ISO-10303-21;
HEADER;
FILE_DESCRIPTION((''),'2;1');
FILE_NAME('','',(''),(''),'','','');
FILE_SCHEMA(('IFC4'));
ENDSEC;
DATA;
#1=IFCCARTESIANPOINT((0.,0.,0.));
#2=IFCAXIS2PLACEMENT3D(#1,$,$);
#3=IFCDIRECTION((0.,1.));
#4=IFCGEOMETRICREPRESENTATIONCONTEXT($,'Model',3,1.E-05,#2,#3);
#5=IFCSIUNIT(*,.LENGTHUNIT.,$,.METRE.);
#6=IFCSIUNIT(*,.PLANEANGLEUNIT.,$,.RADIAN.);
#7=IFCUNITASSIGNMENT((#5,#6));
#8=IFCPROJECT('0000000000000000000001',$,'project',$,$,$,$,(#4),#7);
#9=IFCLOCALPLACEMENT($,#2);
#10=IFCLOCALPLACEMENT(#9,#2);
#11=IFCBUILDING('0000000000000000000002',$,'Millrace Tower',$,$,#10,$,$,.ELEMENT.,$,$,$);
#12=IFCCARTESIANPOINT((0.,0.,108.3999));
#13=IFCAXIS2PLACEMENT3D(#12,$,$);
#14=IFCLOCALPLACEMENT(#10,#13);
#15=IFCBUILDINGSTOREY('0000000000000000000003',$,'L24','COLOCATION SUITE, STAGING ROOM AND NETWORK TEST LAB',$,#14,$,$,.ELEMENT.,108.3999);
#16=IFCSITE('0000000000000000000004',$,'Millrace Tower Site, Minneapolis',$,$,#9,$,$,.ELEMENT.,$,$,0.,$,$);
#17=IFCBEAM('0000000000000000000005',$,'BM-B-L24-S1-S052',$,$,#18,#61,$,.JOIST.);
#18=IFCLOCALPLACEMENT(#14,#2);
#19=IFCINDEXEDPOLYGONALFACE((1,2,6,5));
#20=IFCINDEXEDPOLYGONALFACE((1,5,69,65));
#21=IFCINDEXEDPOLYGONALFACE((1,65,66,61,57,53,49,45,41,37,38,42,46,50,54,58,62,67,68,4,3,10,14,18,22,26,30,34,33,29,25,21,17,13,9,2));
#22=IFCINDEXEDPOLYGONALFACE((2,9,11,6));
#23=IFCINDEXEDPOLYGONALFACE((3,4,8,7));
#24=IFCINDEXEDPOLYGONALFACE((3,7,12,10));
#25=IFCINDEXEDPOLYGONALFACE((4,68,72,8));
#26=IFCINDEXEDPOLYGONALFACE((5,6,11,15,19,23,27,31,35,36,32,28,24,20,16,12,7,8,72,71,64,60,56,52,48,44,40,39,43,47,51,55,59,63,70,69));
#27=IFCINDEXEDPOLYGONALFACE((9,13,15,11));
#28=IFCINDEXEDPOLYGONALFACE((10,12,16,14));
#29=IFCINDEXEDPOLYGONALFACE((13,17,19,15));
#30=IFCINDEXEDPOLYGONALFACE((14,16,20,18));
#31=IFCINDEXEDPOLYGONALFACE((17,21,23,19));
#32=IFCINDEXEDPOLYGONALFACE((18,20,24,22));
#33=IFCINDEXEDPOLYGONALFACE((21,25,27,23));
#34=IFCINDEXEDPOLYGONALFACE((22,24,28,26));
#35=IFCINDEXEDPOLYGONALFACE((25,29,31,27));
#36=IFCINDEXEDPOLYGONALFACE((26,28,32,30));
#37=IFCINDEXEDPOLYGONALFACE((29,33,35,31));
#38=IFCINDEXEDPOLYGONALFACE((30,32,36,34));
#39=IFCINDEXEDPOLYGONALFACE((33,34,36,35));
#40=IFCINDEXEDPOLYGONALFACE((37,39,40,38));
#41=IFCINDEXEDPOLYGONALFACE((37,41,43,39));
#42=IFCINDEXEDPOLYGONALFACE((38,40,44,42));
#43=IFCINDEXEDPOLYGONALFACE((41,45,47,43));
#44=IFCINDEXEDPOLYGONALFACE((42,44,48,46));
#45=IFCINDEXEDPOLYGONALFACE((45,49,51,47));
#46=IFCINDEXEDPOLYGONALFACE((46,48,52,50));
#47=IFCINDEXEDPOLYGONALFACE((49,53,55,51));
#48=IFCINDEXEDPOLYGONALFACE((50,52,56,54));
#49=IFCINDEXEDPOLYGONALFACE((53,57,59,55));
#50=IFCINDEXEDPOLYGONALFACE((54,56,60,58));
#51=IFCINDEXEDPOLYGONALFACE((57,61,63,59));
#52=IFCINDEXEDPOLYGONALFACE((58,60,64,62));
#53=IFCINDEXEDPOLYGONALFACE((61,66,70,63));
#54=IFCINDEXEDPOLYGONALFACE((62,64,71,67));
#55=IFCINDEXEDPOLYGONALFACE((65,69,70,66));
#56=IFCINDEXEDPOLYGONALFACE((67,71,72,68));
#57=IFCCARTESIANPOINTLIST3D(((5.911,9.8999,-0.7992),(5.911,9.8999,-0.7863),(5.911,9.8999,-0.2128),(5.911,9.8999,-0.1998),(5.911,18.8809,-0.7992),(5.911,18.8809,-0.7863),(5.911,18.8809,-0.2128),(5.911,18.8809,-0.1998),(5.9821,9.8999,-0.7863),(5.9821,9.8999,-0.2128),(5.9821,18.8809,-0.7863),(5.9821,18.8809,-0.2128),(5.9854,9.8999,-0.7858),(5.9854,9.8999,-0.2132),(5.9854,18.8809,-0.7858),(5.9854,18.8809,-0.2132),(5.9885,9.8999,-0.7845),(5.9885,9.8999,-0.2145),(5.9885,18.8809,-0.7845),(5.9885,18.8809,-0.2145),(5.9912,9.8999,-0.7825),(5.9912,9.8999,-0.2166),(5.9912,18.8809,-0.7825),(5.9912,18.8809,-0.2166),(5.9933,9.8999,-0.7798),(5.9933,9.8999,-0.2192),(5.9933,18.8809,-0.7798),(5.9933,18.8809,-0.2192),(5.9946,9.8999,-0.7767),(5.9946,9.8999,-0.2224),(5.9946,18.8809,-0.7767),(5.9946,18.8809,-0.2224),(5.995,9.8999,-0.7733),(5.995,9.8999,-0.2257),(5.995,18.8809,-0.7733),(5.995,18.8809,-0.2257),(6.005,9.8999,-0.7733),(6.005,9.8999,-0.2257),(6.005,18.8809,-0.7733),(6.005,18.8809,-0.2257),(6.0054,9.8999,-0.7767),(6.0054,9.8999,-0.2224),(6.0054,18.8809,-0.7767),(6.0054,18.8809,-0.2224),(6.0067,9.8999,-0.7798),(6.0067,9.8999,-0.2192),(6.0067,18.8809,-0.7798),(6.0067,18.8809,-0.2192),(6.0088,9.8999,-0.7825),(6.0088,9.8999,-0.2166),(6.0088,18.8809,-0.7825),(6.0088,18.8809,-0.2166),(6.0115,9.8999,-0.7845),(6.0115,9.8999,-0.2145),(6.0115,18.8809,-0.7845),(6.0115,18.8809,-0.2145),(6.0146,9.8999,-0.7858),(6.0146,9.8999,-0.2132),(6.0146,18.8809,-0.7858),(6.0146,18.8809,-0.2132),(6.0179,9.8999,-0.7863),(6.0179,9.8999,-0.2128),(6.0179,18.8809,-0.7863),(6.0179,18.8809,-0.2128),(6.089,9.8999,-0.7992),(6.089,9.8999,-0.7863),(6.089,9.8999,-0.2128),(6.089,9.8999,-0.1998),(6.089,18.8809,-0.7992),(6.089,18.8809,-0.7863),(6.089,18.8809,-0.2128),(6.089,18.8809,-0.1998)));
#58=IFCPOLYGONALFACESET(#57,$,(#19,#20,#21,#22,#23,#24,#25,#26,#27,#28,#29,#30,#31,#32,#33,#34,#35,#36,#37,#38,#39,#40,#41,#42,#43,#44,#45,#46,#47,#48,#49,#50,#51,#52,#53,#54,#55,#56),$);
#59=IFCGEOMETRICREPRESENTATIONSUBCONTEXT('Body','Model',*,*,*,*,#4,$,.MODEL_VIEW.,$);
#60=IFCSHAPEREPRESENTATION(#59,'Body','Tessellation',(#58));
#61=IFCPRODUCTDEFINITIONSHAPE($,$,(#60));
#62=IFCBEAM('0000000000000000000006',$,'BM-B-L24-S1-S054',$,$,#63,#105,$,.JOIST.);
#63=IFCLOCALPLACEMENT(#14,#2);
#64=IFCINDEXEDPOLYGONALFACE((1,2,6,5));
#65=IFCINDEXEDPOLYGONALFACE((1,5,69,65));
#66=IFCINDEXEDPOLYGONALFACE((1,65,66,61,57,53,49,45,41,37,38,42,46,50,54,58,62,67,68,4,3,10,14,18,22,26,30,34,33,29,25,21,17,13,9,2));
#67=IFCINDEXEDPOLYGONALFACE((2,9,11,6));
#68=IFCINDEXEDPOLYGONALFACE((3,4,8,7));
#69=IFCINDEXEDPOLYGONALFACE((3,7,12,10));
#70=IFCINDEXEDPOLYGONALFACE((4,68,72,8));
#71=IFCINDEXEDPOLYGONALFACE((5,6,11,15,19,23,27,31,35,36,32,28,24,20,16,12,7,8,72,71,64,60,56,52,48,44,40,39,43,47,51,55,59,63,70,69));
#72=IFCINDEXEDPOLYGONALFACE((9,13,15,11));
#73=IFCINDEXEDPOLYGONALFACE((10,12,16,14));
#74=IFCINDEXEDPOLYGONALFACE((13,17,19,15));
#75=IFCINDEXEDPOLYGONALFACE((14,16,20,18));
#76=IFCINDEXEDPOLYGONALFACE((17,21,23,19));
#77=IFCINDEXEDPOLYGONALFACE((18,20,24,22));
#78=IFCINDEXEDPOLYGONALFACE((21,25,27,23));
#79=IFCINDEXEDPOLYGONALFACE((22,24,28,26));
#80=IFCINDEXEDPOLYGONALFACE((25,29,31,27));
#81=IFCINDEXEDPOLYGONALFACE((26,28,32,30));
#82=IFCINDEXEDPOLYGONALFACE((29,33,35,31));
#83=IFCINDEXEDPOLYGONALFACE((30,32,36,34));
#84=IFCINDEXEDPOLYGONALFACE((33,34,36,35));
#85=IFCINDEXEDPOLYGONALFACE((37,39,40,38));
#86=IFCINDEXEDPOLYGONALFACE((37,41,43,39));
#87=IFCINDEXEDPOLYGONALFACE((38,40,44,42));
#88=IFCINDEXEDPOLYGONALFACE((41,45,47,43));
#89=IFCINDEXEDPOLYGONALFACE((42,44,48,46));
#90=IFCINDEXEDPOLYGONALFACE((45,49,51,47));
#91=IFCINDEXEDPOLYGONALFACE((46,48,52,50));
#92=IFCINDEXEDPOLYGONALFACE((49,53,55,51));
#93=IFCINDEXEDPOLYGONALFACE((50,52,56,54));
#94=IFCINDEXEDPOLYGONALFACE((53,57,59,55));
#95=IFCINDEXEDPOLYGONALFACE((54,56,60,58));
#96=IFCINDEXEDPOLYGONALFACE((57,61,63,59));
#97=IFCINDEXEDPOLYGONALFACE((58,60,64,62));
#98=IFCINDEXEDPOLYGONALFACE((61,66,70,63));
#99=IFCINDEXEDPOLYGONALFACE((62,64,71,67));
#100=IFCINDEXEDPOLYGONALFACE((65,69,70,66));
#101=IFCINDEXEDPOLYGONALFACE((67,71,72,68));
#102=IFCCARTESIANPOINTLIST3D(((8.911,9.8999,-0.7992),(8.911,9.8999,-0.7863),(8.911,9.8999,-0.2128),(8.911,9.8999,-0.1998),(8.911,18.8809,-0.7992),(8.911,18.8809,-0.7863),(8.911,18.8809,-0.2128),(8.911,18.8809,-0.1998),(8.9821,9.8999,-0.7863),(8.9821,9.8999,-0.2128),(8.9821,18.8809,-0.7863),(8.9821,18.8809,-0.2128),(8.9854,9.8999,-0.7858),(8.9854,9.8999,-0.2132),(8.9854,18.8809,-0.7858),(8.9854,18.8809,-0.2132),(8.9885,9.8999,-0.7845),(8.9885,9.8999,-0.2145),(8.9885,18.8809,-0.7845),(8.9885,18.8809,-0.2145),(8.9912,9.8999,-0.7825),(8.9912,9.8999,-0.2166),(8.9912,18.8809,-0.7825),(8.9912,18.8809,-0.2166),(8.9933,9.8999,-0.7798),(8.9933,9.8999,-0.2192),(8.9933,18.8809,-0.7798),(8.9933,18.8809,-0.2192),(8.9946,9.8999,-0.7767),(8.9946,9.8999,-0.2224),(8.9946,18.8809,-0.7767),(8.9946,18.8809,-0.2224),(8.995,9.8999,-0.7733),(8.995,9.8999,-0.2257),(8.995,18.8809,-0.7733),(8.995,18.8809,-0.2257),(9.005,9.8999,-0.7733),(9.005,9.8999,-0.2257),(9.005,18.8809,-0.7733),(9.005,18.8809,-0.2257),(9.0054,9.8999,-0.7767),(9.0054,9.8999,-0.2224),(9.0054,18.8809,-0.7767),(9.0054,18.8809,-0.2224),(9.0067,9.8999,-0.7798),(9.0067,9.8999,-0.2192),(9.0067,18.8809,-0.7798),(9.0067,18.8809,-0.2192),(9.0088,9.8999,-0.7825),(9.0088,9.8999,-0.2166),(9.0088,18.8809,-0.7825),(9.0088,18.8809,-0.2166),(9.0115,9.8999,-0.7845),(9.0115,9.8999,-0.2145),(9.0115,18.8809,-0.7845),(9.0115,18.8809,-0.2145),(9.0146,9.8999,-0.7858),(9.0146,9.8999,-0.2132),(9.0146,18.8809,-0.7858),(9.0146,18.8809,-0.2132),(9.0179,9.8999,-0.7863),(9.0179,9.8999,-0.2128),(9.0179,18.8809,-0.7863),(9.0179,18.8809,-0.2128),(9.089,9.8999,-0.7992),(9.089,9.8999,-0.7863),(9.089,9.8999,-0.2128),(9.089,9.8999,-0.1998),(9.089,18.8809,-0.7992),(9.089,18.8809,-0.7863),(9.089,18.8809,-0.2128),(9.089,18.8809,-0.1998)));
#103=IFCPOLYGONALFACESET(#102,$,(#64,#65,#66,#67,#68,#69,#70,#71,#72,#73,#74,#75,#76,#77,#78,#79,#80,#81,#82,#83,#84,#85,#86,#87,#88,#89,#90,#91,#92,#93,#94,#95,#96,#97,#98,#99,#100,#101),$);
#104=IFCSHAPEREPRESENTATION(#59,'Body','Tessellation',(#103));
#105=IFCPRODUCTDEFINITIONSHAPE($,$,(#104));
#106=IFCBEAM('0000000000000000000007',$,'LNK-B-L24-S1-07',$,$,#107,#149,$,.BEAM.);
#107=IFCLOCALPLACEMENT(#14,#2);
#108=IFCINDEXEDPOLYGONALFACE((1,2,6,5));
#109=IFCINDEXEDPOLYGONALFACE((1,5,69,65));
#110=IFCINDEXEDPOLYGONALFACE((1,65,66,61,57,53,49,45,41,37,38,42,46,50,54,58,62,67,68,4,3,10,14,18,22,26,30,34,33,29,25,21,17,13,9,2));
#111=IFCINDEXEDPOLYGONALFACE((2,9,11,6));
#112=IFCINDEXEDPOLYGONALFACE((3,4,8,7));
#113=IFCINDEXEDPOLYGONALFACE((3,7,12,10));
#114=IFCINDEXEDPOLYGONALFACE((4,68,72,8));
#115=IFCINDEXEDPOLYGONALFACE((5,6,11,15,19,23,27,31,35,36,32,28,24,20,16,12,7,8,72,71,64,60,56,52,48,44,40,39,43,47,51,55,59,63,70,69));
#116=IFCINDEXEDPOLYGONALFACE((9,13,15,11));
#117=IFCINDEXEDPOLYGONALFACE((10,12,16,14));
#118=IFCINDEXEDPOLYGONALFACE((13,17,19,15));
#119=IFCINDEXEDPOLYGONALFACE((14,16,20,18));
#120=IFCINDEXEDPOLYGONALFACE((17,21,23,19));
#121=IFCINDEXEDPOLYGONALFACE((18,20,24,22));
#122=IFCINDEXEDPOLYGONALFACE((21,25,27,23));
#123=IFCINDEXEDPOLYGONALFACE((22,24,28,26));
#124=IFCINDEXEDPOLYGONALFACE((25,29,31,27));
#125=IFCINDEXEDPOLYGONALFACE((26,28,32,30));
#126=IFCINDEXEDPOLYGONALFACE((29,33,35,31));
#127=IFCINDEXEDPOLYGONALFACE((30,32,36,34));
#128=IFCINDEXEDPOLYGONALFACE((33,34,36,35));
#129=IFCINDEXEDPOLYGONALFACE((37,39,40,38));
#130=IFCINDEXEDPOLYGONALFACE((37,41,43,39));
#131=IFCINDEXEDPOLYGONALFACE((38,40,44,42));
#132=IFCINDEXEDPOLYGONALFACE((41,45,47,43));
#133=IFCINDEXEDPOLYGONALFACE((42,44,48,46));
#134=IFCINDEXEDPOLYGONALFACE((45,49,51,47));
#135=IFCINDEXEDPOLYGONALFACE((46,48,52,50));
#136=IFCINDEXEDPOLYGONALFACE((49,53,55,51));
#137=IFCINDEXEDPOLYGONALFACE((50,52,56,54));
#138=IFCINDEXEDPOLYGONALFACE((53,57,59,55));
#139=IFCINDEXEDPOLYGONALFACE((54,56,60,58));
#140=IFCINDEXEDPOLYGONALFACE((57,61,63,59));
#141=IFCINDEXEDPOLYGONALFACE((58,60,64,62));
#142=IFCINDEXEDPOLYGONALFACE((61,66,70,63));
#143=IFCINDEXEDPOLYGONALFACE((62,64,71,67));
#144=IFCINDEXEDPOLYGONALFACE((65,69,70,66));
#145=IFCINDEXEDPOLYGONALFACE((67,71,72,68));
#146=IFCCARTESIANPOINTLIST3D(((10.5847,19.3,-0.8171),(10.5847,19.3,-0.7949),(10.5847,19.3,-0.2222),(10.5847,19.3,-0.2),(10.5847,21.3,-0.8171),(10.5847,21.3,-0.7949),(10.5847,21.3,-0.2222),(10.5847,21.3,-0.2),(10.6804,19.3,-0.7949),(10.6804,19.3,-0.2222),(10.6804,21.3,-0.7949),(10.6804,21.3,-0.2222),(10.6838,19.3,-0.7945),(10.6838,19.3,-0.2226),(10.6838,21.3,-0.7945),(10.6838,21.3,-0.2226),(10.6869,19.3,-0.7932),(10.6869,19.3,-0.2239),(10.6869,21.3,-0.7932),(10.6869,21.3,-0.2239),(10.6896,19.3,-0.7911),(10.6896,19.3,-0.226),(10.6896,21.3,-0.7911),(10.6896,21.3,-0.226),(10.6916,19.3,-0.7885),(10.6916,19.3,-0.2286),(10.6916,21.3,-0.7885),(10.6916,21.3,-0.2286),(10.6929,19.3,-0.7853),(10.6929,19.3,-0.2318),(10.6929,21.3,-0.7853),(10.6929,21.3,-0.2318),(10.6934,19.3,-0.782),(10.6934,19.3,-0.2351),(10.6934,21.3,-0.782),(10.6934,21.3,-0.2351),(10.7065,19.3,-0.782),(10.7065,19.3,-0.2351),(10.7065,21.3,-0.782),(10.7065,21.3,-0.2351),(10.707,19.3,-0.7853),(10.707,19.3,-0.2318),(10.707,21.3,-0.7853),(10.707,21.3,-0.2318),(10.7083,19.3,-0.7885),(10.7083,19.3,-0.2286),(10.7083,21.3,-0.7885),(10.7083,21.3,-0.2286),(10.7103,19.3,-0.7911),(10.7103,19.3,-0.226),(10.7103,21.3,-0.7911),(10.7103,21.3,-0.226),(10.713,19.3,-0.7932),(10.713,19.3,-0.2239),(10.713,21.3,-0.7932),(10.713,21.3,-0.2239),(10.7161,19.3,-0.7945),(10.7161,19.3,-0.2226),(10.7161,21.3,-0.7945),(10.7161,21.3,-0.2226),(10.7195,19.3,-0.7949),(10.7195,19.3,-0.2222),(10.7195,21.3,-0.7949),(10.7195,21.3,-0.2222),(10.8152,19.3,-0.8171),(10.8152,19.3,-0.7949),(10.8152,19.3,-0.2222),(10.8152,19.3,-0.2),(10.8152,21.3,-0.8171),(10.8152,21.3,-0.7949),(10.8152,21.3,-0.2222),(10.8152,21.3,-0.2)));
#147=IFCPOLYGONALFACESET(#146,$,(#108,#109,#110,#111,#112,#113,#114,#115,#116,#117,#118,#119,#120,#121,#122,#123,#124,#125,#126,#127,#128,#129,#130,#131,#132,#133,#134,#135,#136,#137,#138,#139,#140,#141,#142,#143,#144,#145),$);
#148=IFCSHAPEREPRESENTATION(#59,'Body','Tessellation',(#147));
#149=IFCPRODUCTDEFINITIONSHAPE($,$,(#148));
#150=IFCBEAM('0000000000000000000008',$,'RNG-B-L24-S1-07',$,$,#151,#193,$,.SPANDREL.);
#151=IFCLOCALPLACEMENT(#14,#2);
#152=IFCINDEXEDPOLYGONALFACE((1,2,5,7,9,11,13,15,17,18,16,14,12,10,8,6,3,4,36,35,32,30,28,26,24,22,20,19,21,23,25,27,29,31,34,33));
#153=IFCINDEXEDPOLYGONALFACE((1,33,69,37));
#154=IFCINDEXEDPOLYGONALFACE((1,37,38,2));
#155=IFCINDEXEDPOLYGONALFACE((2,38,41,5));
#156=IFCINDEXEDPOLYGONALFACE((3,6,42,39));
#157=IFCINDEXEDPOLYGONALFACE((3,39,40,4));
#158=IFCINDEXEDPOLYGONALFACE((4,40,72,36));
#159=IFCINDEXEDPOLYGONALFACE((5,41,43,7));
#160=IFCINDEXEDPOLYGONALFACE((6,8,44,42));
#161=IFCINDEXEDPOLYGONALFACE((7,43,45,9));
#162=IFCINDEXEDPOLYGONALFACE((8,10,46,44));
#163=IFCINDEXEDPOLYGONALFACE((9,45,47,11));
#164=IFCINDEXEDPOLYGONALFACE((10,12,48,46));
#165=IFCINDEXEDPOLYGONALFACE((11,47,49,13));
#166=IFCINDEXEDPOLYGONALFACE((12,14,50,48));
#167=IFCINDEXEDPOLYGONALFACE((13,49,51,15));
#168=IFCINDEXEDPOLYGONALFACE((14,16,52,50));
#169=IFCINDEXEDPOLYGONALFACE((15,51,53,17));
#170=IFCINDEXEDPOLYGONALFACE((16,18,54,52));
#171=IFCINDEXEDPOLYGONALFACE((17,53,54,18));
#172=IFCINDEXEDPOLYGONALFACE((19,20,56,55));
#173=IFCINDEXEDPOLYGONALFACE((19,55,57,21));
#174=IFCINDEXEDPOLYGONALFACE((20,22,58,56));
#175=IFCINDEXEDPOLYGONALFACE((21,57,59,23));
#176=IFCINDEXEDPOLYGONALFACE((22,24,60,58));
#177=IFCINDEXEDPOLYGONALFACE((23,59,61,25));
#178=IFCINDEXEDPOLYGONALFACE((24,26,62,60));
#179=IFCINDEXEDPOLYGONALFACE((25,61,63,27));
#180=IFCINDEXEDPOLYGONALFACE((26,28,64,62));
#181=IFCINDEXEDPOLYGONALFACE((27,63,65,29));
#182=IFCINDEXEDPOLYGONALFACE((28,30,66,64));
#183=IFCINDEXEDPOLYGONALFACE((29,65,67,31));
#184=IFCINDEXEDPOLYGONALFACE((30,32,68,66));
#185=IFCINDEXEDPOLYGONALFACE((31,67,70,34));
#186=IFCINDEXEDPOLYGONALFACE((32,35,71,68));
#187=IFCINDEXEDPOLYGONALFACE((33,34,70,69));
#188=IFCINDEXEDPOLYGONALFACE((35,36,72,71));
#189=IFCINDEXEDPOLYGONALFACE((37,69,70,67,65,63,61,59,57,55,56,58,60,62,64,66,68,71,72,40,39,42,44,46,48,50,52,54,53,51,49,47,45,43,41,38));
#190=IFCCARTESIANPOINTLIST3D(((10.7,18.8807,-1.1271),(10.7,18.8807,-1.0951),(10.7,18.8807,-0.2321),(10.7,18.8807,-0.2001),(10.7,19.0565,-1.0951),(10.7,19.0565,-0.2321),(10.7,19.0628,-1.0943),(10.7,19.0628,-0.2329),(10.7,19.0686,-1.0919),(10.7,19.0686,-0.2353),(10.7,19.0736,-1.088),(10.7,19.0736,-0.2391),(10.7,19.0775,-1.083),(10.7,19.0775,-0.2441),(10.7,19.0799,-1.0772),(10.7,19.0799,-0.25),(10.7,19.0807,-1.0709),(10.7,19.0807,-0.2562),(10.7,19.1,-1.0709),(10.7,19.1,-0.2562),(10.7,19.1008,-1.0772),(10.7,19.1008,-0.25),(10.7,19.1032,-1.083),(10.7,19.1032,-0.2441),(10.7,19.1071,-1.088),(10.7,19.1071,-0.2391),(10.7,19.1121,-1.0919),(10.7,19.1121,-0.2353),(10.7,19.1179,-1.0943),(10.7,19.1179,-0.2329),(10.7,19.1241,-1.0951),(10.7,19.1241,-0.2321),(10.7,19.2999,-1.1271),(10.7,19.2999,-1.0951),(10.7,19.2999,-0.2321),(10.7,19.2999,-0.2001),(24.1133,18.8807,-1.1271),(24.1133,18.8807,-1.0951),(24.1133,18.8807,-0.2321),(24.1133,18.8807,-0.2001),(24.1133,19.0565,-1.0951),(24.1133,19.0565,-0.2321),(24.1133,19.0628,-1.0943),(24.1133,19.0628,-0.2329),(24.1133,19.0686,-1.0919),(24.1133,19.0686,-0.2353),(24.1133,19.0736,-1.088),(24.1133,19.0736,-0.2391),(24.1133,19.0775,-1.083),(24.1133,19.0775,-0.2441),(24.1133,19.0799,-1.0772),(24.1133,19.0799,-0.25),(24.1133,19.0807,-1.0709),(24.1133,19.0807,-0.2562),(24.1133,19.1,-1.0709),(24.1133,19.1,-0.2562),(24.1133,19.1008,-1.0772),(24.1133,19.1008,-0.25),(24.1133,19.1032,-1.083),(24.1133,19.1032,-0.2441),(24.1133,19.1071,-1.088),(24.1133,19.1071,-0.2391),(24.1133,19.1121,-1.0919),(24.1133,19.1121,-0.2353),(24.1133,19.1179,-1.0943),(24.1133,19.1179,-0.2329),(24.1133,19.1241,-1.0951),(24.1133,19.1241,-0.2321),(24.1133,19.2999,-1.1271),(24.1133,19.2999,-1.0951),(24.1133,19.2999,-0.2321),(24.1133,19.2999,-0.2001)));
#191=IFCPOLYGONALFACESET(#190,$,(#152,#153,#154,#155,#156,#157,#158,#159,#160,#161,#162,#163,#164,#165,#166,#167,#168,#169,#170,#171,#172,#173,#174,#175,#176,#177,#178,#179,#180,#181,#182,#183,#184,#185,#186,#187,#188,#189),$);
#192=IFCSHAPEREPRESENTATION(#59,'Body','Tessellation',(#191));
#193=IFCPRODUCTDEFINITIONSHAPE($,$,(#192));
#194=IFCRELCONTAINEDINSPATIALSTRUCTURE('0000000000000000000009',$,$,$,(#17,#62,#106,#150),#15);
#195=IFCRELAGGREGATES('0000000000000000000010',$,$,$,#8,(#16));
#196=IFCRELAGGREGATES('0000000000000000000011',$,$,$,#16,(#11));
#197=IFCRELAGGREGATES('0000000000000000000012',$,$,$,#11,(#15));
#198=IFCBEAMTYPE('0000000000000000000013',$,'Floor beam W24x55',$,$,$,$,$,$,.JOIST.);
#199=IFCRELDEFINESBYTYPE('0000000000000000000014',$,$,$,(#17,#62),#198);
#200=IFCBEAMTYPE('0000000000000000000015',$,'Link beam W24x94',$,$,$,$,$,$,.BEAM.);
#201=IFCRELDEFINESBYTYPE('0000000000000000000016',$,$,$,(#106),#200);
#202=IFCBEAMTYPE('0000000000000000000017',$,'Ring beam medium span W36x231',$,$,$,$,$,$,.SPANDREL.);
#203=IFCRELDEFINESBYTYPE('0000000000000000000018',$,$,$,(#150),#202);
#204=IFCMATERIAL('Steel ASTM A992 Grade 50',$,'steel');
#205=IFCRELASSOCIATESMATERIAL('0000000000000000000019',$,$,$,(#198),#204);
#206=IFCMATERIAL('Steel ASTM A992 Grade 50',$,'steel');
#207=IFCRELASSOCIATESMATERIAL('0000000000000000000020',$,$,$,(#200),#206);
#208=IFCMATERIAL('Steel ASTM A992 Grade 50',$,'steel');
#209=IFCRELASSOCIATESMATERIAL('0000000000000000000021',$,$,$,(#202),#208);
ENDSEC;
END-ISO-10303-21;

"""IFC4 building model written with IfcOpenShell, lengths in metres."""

from ifc_helpers import new_model, si_unit, direction, frame, origin, origin_2d, place, context, subcontext, project, spatial, i_section, extrude, material, material_profile, profile_set, type_object, element, save


model = new_model("IFC4")

# Units and contexts
model_context = context("Model", 3, precision=1e-05, world=origin(), true_north=direction((0.0, 1.0)))
body_context = subcontext(model_context, "Body", "Model", "MODEL_VIEW")
ifc_project = project(units=[si_unit("LENGTHUNIT", "METRE"), si_unit("PLANEANGLEUNIT", "RADIAN")], contexts=[model_context])

# Site, building, storey
site_placement = place(None, origin())
site = spatial("IfcSite", under=ifc_project, at=site_placement, Name="Millrace Tower Site, Minneapolis", CompositionType="ELEMENT", RefElevation=0.0)
building_placement = place(site_placement, origin())
building = spatial("IfcBuilding", under=site, at=building_placement, Name="Millrace Tower", CompositionType="ELEMENT")
storey_placement = place(building_placement, frame((0.0, 0.0, 108.3999)))
storey = spatial("IfcBuildingStorey", under=building, at=storey_placement, Name="L24", Description="COLOCATION SUITE, STAGING ROOM AND NETWORK TEST LAB", CompositionType="ELEMENT", Elevation=108.3999)

# Beams
ifc_material_1 = material(Name="Steel ASTM A992 Grade 50", Category="steel")
ifc_material_profile_1 = material_profile(ifc_material_1, i_section(OverallWidth=0.178, OverallDepth=0.5994, WebThickness=0.01, FlangeThickness=0.0129, FilletRadius=0.0129, at=origin_2d()))
ifc_profile_set_1 = profile_set([ifc_material_profile_1], Name="Steel ASTM A992 Grade 50")
beam_type_1 = type_object("IfcBeamType", Name="Floor beam W24x55", PredefinedType="JOIST", material=ifc_profile_set_1)
for number, where, z_axis, x_axis, name in (
    (1, (6.0, 9.8999, -0.4995), (0.0, 1.0, 0.0), (-1.0, 0.0, 0.0), "BM-B-L24-S1-S052"),
    (2, (9.0, 9.8999, -0.4995), (0.0, 1.0, 0.0), (-1.0, 0.0, 0.0), "BM-B-L24-S1-S054"),
):
    element("IfcBeam", number, at=place(storey_placement, frame(where, z_axis=z_axis, x_axis=x_axis)), inside=storey, type_object=beam_type_1, Name=name, PredefinedType="JOIST", context=body_context, shape_type="SweptSolid", body=[
        extrude(i_section(OverallWidth=0.178, OverallDepth=0.5994, WebThickness=0.01, FlangeThickness=0.0129, FilletRadius=0.0129, at=origin_2d()), origin(), (0.0, 0.0, 1.0), 8.981),
    ])
ifc_material_2 = material(Name="Steel ASTM A992 Grade 50", Category="steel")
ifc_material_profile_2 = material_profile(ifc_material_2, i_section(OverallWidth=0.2305, OverallDepth=0.6172, WebThickness=0.0132, FlangeThickness=0.0222, FilletRadius=0.0129, at=origin_2d()))
ifc_profile_set_2 = profile_set([ifc_material_profile_2], Name="Steel ASTM A992 Grade 50")
beam_type_2 = type_object("IfcBeamType", Name="Link beam W24x94", PredefinedType="BEAM", material=ifc_profile_set_2)
beam_1_placement = place(storey_placement, frame((10.7, 19.3, -0.5085), z_axis=(0.0, 1.0, 0.0), x_axis=(-1.0, 0.0, 0.0)))
element("IfcBeam", 3, at=beam_1_placement, inside=storey, type_object=beam_type_2, Name="LNK-B-L24-S1-07", PredefinedType="BEAM", context=body_context, shape_type="SweptSolid", body=[
    extrude(i_section(OverallWidth=0.2305, OverallDepth=0.6172, WebThickness=0.0132, FlangeThickness=0.0222, FilletRadius=0.0129, at=origin_2d()), origin(), (0.0, 0.0, 1.0), 2.0),
])
ifc_material_3 = material(Name="Steel ASTM A992 Grade 50", Category="steel")
ifc_material_profile_3 = material_profile(ifc_material_3, i_section(OverallWidth=0.4192, OverallDepth=0.927, WebThickness=0.0193, FlangeThickness=0.032, FilletRadius=0.0242, at=origin_2d()))
ifc_profile_set_3 = profile_set([ifc_material_profile_3], Name="Steel ASTM A992 Grade 50")
beam_type_3 = type_object("IfcBeamType", Name="Ring beam medium span W36x231", PredefinedType="SPANDREL", material=ifc_profile_set_3)
beam_2_placement = place(storey_placement, frame((10.7, 19.0903, -0.6636), z_axis=(1.0, 0.0, 0.0), x_axis=(0.0, 1.0, 0.0)))
element("IfcBeam", 4, at=beam_2_placement, inside=storey, type_object=beam_type_3, Name="RNG-B-L24-S1-07", PredefinedType="SPANDREL", context=body_context, shape_type="SweptSolid", body=[
    extrude(i_section(OverallWidth=0.4192, OverallDepth=0.927, WebThickness=0.0193, FlangeThickness=0.032, FilletRadius=0.0242, at=origin_2d()), origin(), (0.0, 0.0, 1.0), 13.4133),
])

save(model, "model.ifc")
